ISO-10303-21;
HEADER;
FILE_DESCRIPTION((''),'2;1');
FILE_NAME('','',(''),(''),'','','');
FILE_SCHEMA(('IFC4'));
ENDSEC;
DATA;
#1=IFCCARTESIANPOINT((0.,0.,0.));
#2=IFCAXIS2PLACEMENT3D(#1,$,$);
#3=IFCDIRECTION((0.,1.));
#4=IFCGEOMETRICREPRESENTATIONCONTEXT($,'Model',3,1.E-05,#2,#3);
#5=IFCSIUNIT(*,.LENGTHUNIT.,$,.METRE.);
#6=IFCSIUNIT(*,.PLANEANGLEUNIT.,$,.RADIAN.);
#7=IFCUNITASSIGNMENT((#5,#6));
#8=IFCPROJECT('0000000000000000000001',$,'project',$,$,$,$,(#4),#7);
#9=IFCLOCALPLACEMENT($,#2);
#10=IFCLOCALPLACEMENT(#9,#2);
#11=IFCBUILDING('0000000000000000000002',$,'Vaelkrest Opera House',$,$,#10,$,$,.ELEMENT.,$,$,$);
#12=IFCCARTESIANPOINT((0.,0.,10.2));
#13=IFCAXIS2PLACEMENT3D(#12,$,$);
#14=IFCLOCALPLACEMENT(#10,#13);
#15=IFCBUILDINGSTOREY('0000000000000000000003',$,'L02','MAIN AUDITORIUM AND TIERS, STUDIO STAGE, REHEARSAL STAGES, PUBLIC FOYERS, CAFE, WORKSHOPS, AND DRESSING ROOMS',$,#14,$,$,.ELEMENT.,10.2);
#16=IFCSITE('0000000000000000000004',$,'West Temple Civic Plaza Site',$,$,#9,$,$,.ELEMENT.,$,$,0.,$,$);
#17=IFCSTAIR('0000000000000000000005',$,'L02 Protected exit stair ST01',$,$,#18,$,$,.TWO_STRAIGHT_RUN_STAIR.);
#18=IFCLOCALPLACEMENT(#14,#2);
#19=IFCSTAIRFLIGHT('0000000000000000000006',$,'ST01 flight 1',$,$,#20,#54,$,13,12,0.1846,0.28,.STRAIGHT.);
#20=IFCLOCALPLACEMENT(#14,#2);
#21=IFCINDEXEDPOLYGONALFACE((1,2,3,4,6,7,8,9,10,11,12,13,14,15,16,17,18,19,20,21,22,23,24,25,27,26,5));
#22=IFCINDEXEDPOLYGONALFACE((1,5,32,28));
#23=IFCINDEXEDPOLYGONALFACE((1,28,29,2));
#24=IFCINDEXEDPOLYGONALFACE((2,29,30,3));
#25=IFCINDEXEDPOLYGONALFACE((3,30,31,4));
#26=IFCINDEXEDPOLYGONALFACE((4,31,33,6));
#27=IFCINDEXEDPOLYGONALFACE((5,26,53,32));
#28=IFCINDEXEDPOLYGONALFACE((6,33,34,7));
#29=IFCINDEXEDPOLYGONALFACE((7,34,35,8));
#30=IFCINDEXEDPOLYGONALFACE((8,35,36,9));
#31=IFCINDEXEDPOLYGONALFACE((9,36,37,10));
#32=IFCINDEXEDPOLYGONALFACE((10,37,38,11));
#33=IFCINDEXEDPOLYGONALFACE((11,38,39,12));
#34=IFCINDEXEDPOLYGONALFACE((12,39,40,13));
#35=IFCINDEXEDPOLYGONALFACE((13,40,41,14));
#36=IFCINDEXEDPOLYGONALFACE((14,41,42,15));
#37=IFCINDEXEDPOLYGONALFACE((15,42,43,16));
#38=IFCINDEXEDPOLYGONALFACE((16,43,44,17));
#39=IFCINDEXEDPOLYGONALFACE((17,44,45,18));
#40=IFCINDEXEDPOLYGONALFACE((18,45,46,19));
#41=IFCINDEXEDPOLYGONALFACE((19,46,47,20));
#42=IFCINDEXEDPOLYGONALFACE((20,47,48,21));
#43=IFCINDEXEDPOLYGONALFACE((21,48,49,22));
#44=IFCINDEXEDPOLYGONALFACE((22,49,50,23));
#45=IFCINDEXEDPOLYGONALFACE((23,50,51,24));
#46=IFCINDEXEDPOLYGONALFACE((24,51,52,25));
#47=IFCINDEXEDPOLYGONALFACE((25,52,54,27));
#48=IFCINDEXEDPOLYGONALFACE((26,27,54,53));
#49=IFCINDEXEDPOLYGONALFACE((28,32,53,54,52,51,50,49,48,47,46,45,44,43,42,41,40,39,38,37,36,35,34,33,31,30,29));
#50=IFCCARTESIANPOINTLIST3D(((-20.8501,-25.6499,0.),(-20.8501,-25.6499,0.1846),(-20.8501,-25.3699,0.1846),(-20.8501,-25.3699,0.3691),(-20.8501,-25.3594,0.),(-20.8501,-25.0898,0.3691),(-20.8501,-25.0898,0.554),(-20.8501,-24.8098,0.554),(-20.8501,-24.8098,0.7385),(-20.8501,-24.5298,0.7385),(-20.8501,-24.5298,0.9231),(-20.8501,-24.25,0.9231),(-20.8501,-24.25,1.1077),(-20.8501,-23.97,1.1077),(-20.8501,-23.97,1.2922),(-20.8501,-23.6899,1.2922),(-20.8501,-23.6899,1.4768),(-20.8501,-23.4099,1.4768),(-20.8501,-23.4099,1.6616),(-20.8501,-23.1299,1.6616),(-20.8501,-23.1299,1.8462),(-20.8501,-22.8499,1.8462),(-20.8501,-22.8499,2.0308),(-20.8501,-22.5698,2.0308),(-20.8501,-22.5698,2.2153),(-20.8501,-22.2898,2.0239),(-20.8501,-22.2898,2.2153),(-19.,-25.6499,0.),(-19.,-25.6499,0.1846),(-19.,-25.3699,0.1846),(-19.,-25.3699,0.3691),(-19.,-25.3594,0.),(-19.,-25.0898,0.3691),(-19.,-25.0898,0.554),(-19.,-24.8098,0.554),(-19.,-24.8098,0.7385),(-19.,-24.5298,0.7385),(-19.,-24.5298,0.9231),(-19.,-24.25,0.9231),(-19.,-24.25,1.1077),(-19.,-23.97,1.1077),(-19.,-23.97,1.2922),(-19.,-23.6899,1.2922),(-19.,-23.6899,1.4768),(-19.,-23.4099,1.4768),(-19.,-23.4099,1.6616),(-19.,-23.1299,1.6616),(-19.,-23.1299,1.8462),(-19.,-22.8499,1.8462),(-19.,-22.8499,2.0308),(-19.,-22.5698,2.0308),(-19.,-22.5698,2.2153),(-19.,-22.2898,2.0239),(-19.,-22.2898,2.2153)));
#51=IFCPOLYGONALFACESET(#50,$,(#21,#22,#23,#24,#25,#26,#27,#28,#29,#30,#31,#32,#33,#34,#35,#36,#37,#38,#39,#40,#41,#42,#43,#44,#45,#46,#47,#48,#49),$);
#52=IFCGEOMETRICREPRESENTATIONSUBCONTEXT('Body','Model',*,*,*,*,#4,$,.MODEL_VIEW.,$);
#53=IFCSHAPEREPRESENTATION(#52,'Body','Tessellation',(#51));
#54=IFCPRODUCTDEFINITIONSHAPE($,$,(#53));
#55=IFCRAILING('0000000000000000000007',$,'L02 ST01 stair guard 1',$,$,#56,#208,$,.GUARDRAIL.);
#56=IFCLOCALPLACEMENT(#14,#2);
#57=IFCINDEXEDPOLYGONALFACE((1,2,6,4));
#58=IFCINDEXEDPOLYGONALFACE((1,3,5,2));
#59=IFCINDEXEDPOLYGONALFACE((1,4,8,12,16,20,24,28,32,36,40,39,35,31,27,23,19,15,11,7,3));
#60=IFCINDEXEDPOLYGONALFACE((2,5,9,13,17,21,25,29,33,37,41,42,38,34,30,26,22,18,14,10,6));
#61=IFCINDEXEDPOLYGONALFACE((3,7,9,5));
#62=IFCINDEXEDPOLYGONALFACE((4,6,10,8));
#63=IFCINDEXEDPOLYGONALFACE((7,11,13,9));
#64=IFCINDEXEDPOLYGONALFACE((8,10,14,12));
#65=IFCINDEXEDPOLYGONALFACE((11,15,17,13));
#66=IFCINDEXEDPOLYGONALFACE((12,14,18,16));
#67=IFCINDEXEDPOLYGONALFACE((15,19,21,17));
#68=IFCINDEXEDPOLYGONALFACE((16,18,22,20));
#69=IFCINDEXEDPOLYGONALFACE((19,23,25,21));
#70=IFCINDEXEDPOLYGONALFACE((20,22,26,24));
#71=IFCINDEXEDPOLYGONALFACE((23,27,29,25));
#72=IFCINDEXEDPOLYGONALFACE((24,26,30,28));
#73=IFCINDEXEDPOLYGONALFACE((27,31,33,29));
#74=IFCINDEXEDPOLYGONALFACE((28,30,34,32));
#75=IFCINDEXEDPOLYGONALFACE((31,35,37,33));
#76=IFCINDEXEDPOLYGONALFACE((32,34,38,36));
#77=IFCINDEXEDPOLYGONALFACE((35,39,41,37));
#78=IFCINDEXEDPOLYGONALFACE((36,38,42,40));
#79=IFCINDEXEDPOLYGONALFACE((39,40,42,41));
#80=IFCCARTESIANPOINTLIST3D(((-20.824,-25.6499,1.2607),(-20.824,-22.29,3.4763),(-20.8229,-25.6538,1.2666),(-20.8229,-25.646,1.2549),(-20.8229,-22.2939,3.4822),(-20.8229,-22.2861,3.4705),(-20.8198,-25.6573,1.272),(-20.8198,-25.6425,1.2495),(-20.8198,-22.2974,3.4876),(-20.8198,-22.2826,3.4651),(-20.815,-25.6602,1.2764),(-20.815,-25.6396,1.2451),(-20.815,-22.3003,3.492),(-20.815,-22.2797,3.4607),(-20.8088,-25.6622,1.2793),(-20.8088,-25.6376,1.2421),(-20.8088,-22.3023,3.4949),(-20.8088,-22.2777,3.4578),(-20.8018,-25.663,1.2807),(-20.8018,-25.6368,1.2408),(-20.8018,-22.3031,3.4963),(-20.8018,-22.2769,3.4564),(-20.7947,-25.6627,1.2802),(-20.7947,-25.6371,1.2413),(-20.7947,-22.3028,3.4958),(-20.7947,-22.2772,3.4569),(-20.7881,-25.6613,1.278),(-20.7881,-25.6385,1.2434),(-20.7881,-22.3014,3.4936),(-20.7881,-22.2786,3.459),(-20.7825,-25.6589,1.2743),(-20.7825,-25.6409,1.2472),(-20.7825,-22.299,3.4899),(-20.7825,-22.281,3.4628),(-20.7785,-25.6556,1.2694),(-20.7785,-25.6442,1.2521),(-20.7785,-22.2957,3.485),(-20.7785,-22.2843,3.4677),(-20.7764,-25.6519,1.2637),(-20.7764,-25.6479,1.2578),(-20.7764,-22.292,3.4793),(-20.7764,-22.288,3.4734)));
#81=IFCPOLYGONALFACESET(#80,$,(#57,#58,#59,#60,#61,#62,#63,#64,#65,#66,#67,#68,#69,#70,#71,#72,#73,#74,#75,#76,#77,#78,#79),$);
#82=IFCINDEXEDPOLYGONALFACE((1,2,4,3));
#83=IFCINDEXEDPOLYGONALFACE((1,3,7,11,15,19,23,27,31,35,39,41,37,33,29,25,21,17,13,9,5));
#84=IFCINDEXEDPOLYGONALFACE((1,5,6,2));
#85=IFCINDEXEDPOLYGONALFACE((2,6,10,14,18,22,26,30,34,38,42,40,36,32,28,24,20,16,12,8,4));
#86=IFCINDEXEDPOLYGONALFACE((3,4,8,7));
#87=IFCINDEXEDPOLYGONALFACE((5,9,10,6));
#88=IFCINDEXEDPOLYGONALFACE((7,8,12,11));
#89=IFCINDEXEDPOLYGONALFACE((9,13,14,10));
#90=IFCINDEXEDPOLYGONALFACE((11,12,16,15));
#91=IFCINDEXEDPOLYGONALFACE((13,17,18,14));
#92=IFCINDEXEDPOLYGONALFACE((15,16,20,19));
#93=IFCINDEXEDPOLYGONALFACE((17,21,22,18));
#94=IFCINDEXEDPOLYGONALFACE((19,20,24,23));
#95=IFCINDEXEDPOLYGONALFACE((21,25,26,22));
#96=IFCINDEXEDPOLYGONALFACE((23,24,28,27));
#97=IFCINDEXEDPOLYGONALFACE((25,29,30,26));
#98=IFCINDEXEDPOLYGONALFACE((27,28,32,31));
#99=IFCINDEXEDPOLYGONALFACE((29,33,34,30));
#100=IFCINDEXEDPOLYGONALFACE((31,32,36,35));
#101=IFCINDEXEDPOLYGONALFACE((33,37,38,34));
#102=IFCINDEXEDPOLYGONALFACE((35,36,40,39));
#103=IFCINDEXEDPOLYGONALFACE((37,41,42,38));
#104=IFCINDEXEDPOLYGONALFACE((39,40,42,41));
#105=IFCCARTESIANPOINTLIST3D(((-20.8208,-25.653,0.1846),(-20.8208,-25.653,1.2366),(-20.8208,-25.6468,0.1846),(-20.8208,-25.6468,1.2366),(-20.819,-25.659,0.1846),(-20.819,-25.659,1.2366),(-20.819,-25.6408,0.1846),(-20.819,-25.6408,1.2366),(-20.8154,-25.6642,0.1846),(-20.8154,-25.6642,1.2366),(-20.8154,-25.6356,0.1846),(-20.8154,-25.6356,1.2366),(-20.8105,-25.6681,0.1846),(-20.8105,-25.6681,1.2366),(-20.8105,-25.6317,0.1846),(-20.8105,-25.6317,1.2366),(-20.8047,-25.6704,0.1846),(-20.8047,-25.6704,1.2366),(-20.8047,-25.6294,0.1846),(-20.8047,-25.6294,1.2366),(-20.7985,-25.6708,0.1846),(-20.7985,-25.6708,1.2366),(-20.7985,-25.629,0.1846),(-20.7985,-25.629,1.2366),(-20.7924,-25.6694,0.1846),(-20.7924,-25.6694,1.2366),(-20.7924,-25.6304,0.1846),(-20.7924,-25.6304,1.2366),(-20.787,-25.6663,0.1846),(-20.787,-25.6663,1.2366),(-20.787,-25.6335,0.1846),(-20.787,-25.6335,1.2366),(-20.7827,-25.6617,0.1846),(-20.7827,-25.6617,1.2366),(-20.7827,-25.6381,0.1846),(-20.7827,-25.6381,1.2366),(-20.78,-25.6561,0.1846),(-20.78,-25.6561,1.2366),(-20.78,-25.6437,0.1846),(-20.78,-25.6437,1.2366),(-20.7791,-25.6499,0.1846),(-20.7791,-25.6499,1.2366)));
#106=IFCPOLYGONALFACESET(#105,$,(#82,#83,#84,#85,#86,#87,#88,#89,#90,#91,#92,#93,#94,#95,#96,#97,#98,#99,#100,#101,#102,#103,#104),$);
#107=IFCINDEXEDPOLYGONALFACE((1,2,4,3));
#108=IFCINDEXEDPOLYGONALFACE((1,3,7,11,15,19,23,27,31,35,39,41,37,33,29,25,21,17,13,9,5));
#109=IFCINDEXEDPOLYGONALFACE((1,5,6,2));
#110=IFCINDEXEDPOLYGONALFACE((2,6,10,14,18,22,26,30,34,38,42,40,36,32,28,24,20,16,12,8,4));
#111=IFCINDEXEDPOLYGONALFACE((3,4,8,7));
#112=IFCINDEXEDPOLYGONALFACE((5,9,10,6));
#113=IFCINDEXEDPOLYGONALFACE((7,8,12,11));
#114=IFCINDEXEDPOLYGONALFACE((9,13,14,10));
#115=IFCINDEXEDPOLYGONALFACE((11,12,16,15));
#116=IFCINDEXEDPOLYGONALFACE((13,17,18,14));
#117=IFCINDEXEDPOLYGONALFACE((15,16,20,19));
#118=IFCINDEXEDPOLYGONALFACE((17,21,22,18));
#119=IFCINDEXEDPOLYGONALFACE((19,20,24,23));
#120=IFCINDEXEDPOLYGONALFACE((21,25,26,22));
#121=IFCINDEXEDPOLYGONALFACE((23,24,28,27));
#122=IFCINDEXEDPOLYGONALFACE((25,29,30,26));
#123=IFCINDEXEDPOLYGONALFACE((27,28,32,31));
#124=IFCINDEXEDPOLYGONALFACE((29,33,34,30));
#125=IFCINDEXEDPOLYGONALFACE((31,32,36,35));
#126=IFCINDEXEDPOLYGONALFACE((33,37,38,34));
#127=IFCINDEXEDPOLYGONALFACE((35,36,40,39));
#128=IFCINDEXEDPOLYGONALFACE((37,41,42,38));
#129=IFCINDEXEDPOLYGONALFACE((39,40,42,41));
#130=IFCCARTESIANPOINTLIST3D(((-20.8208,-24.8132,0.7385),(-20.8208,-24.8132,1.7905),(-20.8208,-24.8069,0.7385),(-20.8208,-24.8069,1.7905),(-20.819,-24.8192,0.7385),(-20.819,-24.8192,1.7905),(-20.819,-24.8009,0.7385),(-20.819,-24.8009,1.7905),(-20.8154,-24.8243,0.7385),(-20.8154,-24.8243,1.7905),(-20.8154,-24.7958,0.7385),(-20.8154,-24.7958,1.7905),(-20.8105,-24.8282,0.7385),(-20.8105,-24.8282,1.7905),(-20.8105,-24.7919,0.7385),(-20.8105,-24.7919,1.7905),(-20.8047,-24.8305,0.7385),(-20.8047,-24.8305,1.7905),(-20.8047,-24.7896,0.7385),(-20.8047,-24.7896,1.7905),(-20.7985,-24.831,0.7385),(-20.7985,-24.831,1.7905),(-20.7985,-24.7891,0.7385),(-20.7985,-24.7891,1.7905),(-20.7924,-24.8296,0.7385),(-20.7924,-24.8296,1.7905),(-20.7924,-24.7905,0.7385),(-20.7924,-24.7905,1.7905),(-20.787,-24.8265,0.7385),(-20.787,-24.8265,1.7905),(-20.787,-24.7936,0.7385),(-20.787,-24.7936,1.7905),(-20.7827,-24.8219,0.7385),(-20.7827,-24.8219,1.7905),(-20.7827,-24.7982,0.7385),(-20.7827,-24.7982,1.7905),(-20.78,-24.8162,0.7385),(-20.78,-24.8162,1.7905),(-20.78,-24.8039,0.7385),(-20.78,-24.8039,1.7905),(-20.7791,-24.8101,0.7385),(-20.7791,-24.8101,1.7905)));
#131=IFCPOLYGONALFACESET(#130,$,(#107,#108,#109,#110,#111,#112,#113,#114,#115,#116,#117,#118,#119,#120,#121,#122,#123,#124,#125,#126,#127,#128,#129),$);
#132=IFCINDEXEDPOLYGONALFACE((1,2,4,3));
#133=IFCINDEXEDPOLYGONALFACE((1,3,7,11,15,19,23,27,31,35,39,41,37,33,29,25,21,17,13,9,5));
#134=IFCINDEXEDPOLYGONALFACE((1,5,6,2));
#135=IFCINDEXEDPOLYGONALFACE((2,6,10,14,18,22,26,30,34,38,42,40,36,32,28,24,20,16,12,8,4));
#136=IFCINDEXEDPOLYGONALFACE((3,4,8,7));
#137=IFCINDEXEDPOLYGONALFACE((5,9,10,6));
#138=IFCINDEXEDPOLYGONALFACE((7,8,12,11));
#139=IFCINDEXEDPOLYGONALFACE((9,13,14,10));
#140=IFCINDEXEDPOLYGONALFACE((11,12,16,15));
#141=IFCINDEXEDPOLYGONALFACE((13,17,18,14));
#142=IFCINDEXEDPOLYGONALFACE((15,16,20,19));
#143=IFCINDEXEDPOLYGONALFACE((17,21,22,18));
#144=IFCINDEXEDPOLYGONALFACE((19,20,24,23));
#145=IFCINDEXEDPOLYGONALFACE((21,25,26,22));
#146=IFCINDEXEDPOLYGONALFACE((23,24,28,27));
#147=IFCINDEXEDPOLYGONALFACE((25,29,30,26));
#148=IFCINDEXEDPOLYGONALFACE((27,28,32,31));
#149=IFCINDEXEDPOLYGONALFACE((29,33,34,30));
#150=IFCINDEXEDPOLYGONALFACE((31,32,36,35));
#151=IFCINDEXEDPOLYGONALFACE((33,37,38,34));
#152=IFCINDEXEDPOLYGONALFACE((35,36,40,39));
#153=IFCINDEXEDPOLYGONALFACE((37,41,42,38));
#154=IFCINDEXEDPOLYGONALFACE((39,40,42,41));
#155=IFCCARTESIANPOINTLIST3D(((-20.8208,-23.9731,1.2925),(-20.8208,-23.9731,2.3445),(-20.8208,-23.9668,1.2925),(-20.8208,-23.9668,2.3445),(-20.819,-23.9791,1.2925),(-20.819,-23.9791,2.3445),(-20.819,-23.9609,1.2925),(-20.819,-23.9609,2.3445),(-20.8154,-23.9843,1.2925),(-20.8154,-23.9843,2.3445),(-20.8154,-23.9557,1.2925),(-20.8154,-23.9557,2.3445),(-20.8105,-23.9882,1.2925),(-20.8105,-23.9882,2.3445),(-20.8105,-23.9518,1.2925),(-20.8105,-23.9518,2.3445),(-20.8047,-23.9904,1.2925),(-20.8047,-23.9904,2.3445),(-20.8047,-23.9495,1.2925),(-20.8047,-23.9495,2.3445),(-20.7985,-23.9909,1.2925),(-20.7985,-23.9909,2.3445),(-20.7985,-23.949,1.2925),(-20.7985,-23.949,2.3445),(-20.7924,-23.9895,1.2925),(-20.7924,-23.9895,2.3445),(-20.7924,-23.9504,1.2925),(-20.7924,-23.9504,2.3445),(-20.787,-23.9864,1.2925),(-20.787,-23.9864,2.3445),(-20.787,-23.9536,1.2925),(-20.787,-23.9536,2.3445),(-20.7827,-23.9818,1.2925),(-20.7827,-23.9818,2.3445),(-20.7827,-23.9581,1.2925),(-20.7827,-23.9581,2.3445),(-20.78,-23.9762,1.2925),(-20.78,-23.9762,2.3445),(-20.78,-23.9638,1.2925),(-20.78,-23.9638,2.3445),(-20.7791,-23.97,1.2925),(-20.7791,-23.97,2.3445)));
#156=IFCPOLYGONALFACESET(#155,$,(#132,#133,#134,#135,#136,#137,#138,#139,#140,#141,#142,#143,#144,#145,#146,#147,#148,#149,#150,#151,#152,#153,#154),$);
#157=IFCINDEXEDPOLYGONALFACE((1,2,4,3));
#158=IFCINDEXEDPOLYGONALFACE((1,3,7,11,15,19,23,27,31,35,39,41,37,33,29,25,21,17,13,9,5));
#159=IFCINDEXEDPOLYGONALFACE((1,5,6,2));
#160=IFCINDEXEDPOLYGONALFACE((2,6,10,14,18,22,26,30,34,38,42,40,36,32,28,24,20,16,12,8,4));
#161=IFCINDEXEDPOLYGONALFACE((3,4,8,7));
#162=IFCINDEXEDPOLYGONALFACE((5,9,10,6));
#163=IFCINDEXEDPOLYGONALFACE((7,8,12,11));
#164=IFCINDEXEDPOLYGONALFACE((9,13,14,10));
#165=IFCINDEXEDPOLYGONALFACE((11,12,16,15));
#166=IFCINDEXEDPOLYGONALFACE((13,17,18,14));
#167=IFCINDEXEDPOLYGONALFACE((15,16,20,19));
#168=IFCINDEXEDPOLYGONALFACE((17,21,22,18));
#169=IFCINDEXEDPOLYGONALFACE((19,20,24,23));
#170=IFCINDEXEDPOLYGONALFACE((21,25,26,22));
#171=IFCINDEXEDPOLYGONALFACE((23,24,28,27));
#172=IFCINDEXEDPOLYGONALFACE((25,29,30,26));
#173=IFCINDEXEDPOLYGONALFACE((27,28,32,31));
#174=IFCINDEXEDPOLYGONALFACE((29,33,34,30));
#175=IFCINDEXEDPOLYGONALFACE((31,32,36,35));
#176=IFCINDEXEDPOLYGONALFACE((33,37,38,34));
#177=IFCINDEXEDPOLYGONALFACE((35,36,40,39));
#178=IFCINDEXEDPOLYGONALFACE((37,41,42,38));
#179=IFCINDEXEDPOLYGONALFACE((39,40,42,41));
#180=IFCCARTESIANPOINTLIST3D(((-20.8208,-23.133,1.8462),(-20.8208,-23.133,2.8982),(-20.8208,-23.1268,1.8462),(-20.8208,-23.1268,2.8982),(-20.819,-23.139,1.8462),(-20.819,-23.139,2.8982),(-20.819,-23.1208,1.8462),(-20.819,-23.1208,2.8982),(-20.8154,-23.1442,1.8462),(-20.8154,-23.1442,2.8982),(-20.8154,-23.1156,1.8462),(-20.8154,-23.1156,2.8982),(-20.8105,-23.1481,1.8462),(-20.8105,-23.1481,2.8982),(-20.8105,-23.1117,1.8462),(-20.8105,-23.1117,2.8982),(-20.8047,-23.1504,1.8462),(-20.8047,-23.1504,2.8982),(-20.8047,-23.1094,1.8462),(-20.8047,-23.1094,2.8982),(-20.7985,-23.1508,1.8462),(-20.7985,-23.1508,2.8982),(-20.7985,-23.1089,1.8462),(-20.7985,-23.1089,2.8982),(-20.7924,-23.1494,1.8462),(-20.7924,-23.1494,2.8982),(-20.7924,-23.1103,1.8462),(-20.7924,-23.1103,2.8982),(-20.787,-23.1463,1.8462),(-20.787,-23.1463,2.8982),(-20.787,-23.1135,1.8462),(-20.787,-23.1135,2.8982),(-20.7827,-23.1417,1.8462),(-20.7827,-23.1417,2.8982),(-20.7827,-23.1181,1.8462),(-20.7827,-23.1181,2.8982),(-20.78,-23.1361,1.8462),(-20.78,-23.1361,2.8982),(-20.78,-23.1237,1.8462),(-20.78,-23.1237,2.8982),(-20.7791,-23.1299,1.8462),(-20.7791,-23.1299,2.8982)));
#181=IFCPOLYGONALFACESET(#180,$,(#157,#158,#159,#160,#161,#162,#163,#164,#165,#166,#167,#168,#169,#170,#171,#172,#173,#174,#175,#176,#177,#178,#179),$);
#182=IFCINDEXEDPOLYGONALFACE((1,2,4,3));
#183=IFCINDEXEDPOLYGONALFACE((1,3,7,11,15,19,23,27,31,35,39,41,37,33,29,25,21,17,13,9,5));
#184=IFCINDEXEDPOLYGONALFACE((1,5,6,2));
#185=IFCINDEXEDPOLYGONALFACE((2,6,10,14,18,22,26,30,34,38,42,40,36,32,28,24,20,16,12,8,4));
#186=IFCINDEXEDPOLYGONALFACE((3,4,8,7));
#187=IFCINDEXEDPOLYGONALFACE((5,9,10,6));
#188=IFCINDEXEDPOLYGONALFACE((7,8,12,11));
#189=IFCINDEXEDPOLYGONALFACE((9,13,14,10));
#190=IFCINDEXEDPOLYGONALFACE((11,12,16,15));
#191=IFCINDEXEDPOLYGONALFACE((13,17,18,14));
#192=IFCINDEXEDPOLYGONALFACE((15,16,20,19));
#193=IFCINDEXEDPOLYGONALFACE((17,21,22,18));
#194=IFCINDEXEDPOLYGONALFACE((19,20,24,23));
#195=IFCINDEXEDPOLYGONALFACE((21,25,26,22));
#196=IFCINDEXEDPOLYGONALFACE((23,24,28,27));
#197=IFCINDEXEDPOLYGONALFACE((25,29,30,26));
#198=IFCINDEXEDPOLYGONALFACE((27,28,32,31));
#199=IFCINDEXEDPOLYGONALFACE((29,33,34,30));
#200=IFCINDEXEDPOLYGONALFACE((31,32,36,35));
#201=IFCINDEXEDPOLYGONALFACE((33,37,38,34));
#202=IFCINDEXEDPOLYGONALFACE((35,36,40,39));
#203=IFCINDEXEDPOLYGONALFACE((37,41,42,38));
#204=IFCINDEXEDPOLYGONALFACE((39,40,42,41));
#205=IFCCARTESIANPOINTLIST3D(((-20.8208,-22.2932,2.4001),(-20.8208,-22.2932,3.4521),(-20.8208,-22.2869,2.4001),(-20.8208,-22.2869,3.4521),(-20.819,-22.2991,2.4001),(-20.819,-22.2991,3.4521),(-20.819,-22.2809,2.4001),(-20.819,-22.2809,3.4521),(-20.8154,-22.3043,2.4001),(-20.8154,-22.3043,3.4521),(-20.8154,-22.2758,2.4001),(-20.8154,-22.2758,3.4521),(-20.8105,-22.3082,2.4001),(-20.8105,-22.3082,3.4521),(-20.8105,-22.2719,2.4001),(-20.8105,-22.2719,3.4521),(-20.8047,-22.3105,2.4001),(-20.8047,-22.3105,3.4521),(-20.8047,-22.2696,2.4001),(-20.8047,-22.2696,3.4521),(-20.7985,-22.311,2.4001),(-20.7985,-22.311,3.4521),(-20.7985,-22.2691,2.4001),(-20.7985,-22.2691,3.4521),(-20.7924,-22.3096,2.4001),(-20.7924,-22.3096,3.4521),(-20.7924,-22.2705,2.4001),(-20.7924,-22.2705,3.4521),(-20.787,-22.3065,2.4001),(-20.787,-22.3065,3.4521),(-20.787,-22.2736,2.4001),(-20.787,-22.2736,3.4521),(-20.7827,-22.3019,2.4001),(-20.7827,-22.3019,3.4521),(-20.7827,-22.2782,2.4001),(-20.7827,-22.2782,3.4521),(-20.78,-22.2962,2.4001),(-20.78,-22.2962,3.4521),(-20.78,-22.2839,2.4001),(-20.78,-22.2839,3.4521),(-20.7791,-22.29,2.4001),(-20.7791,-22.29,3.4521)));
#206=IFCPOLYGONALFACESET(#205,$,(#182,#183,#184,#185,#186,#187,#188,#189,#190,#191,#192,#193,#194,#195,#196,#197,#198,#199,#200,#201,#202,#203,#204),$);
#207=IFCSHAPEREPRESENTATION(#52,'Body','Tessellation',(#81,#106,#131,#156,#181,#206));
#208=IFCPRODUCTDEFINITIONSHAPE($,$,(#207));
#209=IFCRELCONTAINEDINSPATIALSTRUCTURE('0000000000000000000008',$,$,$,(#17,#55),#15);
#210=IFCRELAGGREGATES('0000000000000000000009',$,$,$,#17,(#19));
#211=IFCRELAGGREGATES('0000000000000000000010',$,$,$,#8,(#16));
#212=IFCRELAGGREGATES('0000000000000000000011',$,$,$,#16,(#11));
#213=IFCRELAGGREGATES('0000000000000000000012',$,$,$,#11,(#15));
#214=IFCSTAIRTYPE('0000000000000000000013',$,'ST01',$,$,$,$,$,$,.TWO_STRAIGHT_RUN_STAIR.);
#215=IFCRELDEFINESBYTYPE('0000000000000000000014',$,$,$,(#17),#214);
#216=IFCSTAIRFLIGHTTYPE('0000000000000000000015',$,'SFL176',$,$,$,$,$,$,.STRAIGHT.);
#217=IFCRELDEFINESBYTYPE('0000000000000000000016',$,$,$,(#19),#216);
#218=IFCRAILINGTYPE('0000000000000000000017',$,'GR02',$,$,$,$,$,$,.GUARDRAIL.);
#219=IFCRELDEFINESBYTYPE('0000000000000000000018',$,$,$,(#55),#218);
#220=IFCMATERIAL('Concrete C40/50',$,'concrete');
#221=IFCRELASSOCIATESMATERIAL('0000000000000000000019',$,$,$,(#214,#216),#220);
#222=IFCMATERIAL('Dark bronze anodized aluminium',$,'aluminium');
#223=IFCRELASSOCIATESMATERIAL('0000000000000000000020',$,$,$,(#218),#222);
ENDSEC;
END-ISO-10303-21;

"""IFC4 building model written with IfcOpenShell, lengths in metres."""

from ifc_helpers import new_model, si_unit, direction, frame, origin, origin_2d, place, context, subcontext, project, spatial, polyline, circle, outline, extrude, material, type_object, element, aggregate, save


model = new_model("IFC4")

# Units and contexts
model_context = context("Model", 3, precision=1e-05, world=origin(), true_north=direction((0.0, 1.0)))
body_context = subcontext(model_context, "Body", "Model", "MODEL_VIEW")
ifc_project = project(units=[si_unit("LENGTHUNIT", "METRE"), si_unit("PLANEANGLEUNIT", "RADIAN")], contexts=[model_context])

# Site, building, storey
site_placement = place(None, origin())
site = spatial("IfcSite", under=ifc_project, at=site_placement, Name="West Temple Civic Plaza Site", CompositionType="ELEMENT", RefElevation=0.0)
building_placement = place(site_placement, origin())
building = spatial("IfcBuilding", under=site, at=building_placement, Name="Vaelkrest Opera House", CompositionType="ELEMENT")
storey_placement = place(building_placement, frame((0.0, 0.0, 10.2)))
storey = spatial("IfcBuildingStorey", under=building, at=storey_placement, Name="L02", Description="MAIN AUDITORIUM AND TIERS, STUDIO STAGE, REHEARSAL STAGES, PUBLIC FOYERS, CAFE, WORKSHOPS, AND DRESSING ROOMS", CompositionType="ELEMENT", Elevation=10.2)

# Shared definitions
ifc_material_1 = material(Name="Dark bronze anodized aluminium", Category="aluminium")

# Stair, stair flight
ifc_material_2 = material(Name="Concrete C40/50", Category="concrete")
stair_type = type_object("IfcStairType", Name="ST01", PredefinedType="TWO_STRAIGHT_RUN_STAIR", material=ifc_material_2)
stair_placement = place(storey_placement, origin())
stair = element("IfcStair", 1, at=stair_placement, inside=storey, type_object=stair_type, Name="L02 Protected exit stair ST01", PredefinedType="TWO_STRAIGHT_RUN_STAIR")
stair_flight_type = type_object("IfcStairFlightType", Name="SFL176", PredefinedType="STRAIGHT", material=ifc_material_2)
stair_flight_placement = place(storey_placement, frame((-19.925, -25.6499, 0.0), z_axis=(0.0, 0.0, 1.0), x_axis=(0.0, 1.0, 0.0)))
stair_flight = element("IfcStairFlight", 2, at=stair_flight_placement, type_object=stair_flight_type, Name="ST01 flight 1", NumberOfRisers=13, NumberOfTreads=12, PredefinedType="STRAIGHT", RiserHeight=0.1846, TreadLength=0.28, context=body_context, shape_type="SweptSolid", body=[
    extrude(outline(polyline([(0.0, 0.0), (0.0, 0.1846), (0.28, 0.1846), (0.28, 0.3691), (0.5601, 0.3691), (0.5601, 0.554), (0.8401, 0.554), (0.8401, 0.7385), (1.1201, 0.7385), (1.1201, 0.9231), (1.3999, 0.9231), (1.3999, 1.1077), (1.6799, 1.1077), (1.6799, 1.2922), (1.96, 1.2922), (1.96, 1.4768), (2.24, 1.4768), (2.24, 1.6616), (2.52, 1.6616), (2.52, 1.8462), (2.8, 1.8462), (2.8, 2.0308), (3.0801, 2.0308), (3.0801, 2.2153), (3.3601, 2.2153), (3.3601, 2.3999), (3.3601, 2.0239), (0.2905, 0.0), (0.0, 0.0)])), frame((0.0, 0.925, 0.0), z_axis=(0.0, -1.0, 0.0), x_axis=(1.0, 0.0, 0.0)), (0.0, 0.0, 1.0), 1.8501),
])
aggregate(stair, [stair_flight])

# Railing
railing_type_1 = type_object("IfcRailingType", Name="GR02", PredefinedType="GUARDRAIL", material=ifc_material_1)
railing_1_placement = place(storey_placement, frame((-20.8, -25.6499, 0.1846)))
element("IfcRailing", 3, at=railing_1_placement, inside=storey, type_object=railing_type_1, Name="L02 ST01 stair guard 1", PredefinedType="GUARDRAIL", context=body_context, shape_type="SweptSolid", body=[
    extrude(circle(Radius=0.0239, at=origin_2d()), frame((0.0, 0.0, 1.0762), z_axis=(0.0, 0.83483, 0.550508), x_axis=(-1.0, 0.0, 0.0)), (0.0, 0.0, 1.0), 4.0247),
    extrude(circle(Radius=0.021, at=origin_2d()), origin(), (0.0, 0.0, 1.0), 1.052),
    extrude(circle(Radius=0.021, at=origin_2d()), frame((0.0, 0.8398, 0.554)), (0.0, 0.0, 1.0), 1.052),
    extrude(circle(Radius=0.021, at=origin_2d()), frame((0.0, 1.6799, 1.1079)), (0.0, 0.0, 1.0), 1.052),
    extrude(circle(Radius=0.021, at=origin_2d()), frame((0.0, 2.52, 1.6616)), (0.0, 0.0, 1.0), 1.052),
    extrude(circle(Radius=0.021, at=origin_2d()), frame((0.0, 3.3599, 2.2156)), (0.0, 0.0, 1.0), 1.052),
])

save(model, "model.ifc")
